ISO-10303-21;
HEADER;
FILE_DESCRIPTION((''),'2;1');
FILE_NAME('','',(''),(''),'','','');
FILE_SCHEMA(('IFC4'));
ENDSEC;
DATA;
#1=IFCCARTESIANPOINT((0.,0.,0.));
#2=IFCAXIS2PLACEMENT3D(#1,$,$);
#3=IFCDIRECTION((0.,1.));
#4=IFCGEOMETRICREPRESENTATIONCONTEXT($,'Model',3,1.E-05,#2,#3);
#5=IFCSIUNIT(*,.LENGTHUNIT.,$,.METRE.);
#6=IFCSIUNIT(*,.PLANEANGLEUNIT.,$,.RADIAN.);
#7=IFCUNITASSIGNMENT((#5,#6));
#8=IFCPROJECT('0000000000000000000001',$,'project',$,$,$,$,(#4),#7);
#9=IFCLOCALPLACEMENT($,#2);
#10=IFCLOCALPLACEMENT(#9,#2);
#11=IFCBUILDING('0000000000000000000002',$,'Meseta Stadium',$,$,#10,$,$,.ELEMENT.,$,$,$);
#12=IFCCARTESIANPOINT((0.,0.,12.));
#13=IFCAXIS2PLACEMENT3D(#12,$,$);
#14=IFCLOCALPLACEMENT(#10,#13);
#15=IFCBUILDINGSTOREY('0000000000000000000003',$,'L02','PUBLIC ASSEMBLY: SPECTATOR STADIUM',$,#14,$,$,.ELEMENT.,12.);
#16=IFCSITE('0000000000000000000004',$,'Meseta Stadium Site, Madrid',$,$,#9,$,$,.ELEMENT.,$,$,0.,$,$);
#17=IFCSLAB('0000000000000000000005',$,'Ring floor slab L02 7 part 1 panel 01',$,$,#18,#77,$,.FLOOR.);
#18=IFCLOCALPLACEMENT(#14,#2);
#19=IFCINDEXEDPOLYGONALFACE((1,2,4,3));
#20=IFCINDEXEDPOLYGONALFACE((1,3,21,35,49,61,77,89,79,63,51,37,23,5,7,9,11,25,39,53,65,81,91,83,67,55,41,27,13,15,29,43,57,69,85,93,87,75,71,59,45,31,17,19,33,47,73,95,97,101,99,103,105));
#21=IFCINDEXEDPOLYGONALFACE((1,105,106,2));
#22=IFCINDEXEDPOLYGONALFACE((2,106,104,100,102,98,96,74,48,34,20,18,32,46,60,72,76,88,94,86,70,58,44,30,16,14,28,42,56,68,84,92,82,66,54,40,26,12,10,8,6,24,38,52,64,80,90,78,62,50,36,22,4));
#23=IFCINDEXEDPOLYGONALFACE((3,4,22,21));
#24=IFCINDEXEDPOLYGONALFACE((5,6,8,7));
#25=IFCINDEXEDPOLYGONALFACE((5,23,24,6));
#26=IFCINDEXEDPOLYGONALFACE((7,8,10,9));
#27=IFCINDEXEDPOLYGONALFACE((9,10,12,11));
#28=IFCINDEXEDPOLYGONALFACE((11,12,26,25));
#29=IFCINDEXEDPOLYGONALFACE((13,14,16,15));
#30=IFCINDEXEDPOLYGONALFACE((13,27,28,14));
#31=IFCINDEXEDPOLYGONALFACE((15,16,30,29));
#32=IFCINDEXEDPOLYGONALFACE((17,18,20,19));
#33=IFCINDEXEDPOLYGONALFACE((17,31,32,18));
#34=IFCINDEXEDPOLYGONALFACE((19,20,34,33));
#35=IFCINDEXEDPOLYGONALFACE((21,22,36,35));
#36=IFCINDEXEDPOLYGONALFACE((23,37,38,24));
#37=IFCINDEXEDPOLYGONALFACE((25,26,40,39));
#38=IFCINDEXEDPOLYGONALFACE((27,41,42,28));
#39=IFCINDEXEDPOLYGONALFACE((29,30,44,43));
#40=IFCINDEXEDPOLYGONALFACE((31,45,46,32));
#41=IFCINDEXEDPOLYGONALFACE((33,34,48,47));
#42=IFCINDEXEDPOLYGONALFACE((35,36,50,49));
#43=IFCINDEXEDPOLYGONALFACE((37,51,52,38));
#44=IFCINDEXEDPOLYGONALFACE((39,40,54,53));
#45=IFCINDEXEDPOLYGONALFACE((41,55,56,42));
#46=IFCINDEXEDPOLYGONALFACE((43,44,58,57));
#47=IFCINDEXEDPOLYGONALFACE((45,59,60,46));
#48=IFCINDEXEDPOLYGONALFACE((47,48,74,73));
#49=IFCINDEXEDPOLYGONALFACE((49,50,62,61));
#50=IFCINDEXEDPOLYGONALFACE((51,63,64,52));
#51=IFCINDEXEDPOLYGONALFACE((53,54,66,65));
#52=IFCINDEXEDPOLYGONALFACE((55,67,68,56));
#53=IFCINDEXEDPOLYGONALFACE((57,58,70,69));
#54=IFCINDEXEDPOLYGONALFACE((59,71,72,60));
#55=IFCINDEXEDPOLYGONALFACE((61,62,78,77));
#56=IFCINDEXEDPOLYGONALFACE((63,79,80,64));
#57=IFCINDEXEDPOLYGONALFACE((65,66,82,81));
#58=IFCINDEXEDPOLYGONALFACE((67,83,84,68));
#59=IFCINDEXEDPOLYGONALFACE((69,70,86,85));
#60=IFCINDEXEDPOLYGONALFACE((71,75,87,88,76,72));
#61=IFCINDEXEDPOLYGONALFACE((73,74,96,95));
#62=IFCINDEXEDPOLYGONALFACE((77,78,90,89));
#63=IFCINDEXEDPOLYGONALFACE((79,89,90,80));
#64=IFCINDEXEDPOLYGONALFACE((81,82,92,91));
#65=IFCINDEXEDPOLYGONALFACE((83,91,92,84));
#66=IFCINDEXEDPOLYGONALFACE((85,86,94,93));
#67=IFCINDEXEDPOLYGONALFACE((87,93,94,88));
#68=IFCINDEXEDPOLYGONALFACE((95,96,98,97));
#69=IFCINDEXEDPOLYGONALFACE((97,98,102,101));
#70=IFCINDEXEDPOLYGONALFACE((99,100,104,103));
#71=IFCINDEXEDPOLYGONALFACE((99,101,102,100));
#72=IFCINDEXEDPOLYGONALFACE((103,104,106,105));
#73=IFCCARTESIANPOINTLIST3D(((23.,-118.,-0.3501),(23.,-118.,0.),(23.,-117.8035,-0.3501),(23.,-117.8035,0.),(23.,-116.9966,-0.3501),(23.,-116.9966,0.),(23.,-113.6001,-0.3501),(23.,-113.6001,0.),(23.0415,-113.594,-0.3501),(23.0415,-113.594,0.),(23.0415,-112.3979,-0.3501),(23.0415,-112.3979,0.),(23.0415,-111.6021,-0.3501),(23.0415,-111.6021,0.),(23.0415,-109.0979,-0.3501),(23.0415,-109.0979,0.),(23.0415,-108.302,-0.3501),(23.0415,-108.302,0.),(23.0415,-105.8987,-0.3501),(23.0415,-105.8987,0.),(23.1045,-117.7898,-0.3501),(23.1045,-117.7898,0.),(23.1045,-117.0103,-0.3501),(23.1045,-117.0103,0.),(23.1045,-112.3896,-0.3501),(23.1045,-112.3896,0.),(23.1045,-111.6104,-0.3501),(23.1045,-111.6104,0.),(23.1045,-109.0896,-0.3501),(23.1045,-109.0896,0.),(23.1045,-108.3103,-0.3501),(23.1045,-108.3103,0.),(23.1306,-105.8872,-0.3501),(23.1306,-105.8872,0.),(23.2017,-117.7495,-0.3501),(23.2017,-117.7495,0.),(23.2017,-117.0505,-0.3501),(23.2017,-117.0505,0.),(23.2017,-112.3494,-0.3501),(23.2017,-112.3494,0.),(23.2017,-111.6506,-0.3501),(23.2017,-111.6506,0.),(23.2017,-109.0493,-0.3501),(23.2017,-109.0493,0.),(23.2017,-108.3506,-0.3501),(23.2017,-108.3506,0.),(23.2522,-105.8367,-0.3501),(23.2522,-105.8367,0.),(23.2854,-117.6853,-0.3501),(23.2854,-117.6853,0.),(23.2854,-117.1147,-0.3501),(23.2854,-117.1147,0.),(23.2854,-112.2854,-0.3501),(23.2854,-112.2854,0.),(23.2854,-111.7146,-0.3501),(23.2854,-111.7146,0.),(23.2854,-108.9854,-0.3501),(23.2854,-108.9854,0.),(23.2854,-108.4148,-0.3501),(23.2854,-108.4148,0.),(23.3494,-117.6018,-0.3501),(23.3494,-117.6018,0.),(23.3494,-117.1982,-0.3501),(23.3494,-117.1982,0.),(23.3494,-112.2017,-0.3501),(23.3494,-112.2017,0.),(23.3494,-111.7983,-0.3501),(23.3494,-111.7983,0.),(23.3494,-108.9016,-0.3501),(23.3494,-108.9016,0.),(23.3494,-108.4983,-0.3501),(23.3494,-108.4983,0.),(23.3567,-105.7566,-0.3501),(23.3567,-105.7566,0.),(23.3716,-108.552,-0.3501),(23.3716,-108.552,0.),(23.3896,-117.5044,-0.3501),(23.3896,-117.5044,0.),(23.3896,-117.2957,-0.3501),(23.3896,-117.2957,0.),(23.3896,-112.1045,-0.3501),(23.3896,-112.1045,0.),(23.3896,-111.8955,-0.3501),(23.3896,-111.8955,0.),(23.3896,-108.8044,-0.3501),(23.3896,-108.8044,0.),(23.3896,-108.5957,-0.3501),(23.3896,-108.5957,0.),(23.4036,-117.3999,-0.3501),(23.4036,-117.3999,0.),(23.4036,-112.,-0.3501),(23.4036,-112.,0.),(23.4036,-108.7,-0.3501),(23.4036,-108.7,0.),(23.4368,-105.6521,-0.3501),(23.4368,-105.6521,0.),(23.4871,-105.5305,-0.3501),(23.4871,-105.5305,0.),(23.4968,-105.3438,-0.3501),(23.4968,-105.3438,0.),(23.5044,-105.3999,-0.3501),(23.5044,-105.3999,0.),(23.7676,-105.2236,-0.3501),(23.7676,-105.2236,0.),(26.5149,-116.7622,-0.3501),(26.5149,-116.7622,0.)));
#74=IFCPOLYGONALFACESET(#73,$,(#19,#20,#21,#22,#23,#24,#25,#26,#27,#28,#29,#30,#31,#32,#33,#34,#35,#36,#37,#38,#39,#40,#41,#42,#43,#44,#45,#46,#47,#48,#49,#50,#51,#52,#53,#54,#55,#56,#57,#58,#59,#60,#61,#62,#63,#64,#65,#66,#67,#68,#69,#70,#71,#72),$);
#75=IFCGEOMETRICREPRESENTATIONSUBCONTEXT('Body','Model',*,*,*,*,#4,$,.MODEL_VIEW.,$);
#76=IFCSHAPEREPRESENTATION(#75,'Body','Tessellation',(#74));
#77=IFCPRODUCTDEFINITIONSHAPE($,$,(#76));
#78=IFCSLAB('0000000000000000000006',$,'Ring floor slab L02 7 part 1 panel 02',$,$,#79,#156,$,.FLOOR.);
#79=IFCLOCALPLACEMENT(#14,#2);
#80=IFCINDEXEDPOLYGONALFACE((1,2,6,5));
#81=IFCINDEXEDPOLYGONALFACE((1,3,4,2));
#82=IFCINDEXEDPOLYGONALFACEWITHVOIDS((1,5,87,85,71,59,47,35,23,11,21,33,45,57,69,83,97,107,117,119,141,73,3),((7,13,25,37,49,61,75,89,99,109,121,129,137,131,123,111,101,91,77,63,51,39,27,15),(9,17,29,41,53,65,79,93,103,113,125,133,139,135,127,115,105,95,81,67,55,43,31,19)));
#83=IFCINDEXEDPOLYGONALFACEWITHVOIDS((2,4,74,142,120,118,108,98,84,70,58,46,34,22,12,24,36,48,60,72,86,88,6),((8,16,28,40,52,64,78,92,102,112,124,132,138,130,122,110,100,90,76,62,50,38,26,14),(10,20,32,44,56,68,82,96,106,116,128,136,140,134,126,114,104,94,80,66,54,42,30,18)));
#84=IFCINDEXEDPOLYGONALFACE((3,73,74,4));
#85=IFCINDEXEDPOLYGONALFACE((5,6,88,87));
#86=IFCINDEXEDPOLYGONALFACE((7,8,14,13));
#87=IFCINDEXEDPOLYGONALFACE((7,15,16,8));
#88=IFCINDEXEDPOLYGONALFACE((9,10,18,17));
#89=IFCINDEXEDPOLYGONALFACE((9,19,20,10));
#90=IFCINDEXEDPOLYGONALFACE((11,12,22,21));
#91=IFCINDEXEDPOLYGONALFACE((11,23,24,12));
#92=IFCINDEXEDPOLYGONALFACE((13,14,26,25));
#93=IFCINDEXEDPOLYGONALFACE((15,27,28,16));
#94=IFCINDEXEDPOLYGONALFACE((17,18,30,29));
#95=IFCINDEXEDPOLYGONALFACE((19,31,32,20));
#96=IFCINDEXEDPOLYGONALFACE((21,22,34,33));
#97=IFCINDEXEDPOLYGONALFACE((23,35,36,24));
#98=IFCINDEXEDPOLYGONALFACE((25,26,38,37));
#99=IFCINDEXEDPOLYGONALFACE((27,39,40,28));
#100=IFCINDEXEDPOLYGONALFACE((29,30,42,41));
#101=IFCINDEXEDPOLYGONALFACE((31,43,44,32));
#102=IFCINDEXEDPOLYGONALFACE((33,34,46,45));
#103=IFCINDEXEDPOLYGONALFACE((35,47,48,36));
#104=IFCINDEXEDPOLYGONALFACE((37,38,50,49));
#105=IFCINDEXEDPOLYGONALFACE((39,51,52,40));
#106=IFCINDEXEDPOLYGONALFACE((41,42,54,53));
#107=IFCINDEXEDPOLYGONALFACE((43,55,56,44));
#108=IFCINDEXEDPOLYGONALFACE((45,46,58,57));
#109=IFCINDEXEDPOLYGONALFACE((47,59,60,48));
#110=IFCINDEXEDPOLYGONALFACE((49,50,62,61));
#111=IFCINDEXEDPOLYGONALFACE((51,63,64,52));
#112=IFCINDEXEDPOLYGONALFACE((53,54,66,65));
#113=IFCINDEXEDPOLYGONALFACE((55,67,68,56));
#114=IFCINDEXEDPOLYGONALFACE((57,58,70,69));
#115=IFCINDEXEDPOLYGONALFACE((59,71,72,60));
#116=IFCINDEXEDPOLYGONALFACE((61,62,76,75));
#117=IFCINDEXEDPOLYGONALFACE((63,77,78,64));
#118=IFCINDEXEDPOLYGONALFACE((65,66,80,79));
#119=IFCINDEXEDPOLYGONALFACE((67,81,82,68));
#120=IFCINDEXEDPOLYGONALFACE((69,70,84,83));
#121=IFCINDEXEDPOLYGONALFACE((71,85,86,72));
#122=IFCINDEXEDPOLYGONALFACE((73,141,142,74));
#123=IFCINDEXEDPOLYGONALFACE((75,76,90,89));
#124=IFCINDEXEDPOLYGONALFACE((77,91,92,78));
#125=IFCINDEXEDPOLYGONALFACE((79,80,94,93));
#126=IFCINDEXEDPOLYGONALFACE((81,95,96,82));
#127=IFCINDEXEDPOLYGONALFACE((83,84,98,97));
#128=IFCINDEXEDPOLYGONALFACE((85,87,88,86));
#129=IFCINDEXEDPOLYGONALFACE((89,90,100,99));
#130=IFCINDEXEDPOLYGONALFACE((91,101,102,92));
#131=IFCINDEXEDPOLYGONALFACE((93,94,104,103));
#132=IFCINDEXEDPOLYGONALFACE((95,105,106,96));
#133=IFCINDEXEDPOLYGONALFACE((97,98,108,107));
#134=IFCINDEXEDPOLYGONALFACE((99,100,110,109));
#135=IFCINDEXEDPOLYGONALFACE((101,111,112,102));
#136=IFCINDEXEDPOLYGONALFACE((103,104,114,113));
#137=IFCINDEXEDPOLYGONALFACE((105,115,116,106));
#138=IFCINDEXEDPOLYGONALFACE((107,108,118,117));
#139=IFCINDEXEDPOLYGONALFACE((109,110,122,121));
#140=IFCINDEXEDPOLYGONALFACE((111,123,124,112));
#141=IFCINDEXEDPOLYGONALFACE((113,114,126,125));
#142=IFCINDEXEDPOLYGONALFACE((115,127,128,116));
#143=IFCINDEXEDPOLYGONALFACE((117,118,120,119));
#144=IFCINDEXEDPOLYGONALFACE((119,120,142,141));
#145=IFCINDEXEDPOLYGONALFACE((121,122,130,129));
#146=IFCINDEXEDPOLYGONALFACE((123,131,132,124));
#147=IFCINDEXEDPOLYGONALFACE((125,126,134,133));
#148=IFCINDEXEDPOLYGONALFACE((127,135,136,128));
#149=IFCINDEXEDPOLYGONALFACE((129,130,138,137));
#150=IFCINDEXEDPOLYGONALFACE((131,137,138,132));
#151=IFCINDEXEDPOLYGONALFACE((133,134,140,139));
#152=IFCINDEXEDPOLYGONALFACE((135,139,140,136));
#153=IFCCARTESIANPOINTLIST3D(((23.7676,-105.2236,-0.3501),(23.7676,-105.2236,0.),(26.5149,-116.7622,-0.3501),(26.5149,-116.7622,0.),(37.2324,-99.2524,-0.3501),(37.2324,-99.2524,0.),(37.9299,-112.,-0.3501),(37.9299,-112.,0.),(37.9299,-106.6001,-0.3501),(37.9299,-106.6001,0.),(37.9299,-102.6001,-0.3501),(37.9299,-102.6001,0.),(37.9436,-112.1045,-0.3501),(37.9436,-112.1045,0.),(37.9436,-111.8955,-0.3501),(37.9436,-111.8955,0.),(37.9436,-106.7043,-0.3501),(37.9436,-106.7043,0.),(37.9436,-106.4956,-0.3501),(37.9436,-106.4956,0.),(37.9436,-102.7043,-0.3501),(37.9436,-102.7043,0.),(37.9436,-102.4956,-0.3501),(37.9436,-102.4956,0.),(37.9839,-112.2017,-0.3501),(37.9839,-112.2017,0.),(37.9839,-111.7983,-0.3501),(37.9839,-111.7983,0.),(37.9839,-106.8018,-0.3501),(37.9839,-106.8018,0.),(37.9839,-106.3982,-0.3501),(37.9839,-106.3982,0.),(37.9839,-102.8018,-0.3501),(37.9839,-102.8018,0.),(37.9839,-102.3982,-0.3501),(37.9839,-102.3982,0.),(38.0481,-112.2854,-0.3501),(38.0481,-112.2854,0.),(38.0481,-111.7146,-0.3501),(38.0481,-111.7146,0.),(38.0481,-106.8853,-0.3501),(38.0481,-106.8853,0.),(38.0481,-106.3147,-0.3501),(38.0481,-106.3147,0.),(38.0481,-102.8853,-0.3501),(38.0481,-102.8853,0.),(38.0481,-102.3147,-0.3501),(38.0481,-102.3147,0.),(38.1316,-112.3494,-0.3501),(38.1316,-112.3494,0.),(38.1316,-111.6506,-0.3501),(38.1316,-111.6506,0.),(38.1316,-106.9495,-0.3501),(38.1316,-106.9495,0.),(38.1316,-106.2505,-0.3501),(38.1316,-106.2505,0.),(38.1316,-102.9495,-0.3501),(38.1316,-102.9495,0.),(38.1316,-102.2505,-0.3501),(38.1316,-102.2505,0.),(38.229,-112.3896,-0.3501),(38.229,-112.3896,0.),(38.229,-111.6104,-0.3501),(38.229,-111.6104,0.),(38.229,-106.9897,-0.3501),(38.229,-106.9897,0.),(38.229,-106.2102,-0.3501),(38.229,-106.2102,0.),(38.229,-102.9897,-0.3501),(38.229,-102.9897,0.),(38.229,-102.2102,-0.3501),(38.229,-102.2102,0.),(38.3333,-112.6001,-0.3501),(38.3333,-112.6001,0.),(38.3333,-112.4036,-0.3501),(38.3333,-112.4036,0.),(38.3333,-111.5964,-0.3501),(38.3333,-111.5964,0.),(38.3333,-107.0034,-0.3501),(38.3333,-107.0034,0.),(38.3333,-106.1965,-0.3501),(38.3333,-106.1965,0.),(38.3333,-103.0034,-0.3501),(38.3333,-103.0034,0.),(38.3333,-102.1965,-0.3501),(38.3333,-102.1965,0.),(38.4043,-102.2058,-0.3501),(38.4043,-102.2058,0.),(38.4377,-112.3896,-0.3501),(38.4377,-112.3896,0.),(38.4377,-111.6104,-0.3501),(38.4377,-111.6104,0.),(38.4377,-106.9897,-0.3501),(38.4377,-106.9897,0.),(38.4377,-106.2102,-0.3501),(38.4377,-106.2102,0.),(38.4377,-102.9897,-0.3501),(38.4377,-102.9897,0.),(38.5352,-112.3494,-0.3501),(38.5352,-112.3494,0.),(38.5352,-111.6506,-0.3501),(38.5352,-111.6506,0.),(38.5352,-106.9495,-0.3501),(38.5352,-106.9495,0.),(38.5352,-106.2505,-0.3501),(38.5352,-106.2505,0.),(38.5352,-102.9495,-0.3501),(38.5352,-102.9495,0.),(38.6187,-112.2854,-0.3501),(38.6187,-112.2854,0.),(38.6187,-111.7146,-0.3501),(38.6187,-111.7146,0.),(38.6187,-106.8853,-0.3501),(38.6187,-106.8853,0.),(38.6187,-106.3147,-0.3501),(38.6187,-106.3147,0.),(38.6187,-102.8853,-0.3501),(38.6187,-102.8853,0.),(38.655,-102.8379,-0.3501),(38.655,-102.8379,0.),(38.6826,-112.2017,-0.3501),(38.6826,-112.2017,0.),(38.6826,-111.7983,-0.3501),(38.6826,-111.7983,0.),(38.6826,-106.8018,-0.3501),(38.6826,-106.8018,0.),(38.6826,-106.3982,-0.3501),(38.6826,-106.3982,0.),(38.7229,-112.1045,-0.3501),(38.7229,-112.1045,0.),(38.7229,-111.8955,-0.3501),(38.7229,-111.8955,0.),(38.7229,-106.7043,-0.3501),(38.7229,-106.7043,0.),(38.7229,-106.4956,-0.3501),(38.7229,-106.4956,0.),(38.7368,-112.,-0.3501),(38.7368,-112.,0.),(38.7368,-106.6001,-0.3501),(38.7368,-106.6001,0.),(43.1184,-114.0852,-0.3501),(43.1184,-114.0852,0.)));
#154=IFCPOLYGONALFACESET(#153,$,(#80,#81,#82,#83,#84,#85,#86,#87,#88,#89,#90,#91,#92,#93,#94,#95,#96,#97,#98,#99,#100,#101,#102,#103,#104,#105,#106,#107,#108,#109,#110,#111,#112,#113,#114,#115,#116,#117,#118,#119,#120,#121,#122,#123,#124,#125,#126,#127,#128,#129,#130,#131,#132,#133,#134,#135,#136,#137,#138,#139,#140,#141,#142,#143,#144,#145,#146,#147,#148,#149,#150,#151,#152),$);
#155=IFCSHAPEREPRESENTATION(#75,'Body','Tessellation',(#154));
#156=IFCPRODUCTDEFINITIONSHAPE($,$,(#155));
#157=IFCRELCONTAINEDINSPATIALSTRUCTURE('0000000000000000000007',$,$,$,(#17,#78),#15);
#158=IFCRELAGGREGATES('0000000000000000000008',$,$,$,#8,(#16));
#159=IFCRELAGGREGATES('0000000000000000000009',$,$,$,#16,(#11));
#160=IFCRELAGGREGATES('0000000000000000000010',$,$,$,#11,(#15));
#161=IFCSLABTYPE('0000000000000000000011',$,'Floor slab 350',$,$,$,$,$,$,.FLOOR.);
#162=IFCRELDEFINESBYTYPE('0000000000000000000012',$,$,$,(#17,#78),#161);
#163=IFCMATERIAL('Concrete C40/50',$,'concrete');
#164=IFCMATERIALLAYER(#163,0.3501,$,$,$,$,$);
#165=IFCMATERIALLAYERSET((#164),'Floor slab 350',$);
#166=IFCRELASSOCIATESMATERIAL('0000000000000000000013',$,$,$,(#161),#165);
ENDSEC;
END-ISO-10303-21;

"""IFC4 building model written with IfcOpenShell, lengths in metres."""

from ifc_helpers import new_model, si_unit, direction, frame, origin, place, context, subcontext, project, spatial, polyline, outline, extrude, material, layer, layer_set, type_object, element, save


model = new_model("IFC4")

# Units and contexts
model_context = context("Model", 3, precision=1e-05, world=origin(), true_north=direction((0.0, 1.0)))
body_context = subcontext(model_context, "Body", "Model", "MODEL_VIEW")
ifc_project = project(units=[si_unit("LENGTHUNIT", "METRE"), si_unit("PLANEANGLEUNIT", "RADIAN")], contexts=[model_context])

# Site, building, storey
site_placement = place(None, origin())
site = spatial("IfcSite", under=ifc_project, at=site_placement, Name="Meseta Stadium Site, Madrid", CompositionType="ELEMENT", RefElevation=0.0)
building_placement = place(site_placement, origin())
building = spatial("IfcBuilding", under=site, at=building_placement, Name="Meseta Stadium", CompositionType="ELEMENT")
storey_placement = place(building_placement, frame((0.0, 0.0, 12.0)))
storey = spatial("IfcBuildingStorey", under=building, at=storey_placement, Name="L02", Description="PUBLIC ASSEMBLY: SPECTATOR STADIUM", CompositionType="ELEMENT", Elevation=12.0)

# Slabs
ifc_material_1 = material(Name="Concrete C40/50", Category="concrete")
ifc_layer_1 = layer(ifc_material_1, 0.3501)
ifc_layer_set_1 = layer_set([ifc_layer_1], Name="Floor slab 350")
slab_type_1 = type_object("IfcSlabType", Name="Floor slab 350", PredefinedType="FLOOR", material=ifc_layer_set_1)
slab_1_placement = place(storey_placement, frame((0.0, 0.0, -0.3501)))
element("IfcSlab", 1, at=slab_1_placement, inside=storey, type_object=slab_type_1, Name="Ring floor slab L02 7 part 1 panel 01", PredefinedType="FLOOR", context=body_context, shape_type="SweptSolid", body=[
    extrude(outline(polyline([(23.1306, -105.8872), (23.0415, -105.8987), (23.0415, -108.302), (23.1045, -108.3103), (23.2017, -108.3506), (23.2854, -108.4148), (23.3494, -108.4983), (23.3716, -108.552), (23.3896, -108.5957), (23.4036, -108.7), (23.3896, -108.8044), (23.3494, -108.9016), (23.2854, -108.9854), (23.2017, -109.0493), (23.1045, -109.0896), (23.0415, -109.0979), (23.0415, -111.6021), (23.1045, -111.6104), (23.2017, -111.6506), (23.2854, -111.7146), (23.3494, -111.7983), (23.3896, -111.8955), (23.4036, -112.0), (23.3896, -112.1045), (23.3494, -112.2017), (23.2854, -112.2854), (23.2017, -112.3494), (23.1045, -112.3896), (23.0415, -112.3979), (23.0415, -113.594), (23.0, -113.6001), (23.0, -116.9966), (23.1045, -117.0103), (23.2017, -117.0505), (23.2854, -117.1147), (23.3494, -117.1982), (23.3896, -117.2957), (23.4036, -117.3999), (23.3896, -117.5044), (23.3494, -117.6018), (23.2854, -117.6853), (23.2017, -117.7495), (23.1045, -117.7898), (23.0, -117.8035), (23.0, -118.0), (26.5149, -116.7622), (23.7676, -105.2236), (23.4968, -105.3438), (23.5044, -105.3999), (23.4871, -105.5305), (23.4368, -105.6521), (23.3567, -105.7566), (23.2522, -105.8367), (23.1306, -105.8872)])), origin(), (0.0, 0.0, 1.0), 0.3501),
])
slab_2_placement = place(storey_placement, frame((0.0, 0.0, -0.3501)))
element("IfcSlab", 2, at=slab_2_placement, inside=storey, type_object=slab_type_1, Name="Ring floor slab L02 7 part 1 panel 02", PredefinedType="FLOOR", context=body_context, shape_type="SweptSolid", body=[
    extrude(outline(polyline([(38.3333, -102.1965), (38.4043, -102.2058), (37.2324, -99.2524), (23.7676, -105.2236), (26.5149, -116.7622), (38.3333, -112.6001), (43.1184, -114.0852), (38.655, -102.8379), (38.6187, -102.8853), (38.5352, -102.9495), (38.4377, -102.9897), (38.3333, -103.0034), (38.229, -102.9897), (38.1316, -102.9495), (38.0481, -102.8853), (37.9839, -102.8018), (37.9436, -102.7043), (37.9299, -102.6001), (37.9436, -102.4956), (37.9839, -102.3982), (38.0481, -102.3147), (38.1316, -102.2505), (38.229, -102.2102), (38.3333, -102.1965)]), holes=[polyline([(38.6826, -111.7983), (38.7229, -111.8955), (38.7368, -112.0), (38.7229, -112.1045), (38.6826, -112.2017), (38.6187, -112.2854), (38.5352, -112.3494), (38.4377, -112.3896), (38.3333, -112.4036), (38.229, -112.3896), (38.1316, -112.3494), (38.0481, -112.2854), (37.9839, -112.2017), (37.9436, -112.1045), (37.9299, -112.0), (37.9436, -111.8955), (37.9839, -111.7983), (38.0481, -111.7146), (38.1316, -111.6506), (38.229, -111.6104), (38.3333, -111.5964), (38.4377, -111.6104), (38.5352, -111.6506), (38.6187, -111.7146), (38.6826, -111.7983)]), polyline([(38.5352, -106.2505), (38.6187, -106.3147), (38.6826, -106.3982), (38.7229, -106.4956), (38.7368, -106.6001), (38.7229, -106.7043), (38.6826, -106.8018), (38.6187, -106.8853), (38.5352, -106.9495), (38.4377, -106.9897), (38.3333, -107.0034), (38.229, -106.9897), (38.1316, -106.9495), (38.0481, -106.8853), (37.9839, -106.8018), (37.9436, -106.7043), (37.9299, -106.6001), (37.9436, -106.4956), (37.9839, -106.3982), (38.0481, -106.3147), (38.1316, -106.2505), (38.229, -106.2102), (38.3333, -106.1965), (38.4377, -106.2102), (38.5352, -106.2505)])]), origin(), (0.0, 0.0, 1.0), 0.3501),
])

save(model, "model.ifc")
